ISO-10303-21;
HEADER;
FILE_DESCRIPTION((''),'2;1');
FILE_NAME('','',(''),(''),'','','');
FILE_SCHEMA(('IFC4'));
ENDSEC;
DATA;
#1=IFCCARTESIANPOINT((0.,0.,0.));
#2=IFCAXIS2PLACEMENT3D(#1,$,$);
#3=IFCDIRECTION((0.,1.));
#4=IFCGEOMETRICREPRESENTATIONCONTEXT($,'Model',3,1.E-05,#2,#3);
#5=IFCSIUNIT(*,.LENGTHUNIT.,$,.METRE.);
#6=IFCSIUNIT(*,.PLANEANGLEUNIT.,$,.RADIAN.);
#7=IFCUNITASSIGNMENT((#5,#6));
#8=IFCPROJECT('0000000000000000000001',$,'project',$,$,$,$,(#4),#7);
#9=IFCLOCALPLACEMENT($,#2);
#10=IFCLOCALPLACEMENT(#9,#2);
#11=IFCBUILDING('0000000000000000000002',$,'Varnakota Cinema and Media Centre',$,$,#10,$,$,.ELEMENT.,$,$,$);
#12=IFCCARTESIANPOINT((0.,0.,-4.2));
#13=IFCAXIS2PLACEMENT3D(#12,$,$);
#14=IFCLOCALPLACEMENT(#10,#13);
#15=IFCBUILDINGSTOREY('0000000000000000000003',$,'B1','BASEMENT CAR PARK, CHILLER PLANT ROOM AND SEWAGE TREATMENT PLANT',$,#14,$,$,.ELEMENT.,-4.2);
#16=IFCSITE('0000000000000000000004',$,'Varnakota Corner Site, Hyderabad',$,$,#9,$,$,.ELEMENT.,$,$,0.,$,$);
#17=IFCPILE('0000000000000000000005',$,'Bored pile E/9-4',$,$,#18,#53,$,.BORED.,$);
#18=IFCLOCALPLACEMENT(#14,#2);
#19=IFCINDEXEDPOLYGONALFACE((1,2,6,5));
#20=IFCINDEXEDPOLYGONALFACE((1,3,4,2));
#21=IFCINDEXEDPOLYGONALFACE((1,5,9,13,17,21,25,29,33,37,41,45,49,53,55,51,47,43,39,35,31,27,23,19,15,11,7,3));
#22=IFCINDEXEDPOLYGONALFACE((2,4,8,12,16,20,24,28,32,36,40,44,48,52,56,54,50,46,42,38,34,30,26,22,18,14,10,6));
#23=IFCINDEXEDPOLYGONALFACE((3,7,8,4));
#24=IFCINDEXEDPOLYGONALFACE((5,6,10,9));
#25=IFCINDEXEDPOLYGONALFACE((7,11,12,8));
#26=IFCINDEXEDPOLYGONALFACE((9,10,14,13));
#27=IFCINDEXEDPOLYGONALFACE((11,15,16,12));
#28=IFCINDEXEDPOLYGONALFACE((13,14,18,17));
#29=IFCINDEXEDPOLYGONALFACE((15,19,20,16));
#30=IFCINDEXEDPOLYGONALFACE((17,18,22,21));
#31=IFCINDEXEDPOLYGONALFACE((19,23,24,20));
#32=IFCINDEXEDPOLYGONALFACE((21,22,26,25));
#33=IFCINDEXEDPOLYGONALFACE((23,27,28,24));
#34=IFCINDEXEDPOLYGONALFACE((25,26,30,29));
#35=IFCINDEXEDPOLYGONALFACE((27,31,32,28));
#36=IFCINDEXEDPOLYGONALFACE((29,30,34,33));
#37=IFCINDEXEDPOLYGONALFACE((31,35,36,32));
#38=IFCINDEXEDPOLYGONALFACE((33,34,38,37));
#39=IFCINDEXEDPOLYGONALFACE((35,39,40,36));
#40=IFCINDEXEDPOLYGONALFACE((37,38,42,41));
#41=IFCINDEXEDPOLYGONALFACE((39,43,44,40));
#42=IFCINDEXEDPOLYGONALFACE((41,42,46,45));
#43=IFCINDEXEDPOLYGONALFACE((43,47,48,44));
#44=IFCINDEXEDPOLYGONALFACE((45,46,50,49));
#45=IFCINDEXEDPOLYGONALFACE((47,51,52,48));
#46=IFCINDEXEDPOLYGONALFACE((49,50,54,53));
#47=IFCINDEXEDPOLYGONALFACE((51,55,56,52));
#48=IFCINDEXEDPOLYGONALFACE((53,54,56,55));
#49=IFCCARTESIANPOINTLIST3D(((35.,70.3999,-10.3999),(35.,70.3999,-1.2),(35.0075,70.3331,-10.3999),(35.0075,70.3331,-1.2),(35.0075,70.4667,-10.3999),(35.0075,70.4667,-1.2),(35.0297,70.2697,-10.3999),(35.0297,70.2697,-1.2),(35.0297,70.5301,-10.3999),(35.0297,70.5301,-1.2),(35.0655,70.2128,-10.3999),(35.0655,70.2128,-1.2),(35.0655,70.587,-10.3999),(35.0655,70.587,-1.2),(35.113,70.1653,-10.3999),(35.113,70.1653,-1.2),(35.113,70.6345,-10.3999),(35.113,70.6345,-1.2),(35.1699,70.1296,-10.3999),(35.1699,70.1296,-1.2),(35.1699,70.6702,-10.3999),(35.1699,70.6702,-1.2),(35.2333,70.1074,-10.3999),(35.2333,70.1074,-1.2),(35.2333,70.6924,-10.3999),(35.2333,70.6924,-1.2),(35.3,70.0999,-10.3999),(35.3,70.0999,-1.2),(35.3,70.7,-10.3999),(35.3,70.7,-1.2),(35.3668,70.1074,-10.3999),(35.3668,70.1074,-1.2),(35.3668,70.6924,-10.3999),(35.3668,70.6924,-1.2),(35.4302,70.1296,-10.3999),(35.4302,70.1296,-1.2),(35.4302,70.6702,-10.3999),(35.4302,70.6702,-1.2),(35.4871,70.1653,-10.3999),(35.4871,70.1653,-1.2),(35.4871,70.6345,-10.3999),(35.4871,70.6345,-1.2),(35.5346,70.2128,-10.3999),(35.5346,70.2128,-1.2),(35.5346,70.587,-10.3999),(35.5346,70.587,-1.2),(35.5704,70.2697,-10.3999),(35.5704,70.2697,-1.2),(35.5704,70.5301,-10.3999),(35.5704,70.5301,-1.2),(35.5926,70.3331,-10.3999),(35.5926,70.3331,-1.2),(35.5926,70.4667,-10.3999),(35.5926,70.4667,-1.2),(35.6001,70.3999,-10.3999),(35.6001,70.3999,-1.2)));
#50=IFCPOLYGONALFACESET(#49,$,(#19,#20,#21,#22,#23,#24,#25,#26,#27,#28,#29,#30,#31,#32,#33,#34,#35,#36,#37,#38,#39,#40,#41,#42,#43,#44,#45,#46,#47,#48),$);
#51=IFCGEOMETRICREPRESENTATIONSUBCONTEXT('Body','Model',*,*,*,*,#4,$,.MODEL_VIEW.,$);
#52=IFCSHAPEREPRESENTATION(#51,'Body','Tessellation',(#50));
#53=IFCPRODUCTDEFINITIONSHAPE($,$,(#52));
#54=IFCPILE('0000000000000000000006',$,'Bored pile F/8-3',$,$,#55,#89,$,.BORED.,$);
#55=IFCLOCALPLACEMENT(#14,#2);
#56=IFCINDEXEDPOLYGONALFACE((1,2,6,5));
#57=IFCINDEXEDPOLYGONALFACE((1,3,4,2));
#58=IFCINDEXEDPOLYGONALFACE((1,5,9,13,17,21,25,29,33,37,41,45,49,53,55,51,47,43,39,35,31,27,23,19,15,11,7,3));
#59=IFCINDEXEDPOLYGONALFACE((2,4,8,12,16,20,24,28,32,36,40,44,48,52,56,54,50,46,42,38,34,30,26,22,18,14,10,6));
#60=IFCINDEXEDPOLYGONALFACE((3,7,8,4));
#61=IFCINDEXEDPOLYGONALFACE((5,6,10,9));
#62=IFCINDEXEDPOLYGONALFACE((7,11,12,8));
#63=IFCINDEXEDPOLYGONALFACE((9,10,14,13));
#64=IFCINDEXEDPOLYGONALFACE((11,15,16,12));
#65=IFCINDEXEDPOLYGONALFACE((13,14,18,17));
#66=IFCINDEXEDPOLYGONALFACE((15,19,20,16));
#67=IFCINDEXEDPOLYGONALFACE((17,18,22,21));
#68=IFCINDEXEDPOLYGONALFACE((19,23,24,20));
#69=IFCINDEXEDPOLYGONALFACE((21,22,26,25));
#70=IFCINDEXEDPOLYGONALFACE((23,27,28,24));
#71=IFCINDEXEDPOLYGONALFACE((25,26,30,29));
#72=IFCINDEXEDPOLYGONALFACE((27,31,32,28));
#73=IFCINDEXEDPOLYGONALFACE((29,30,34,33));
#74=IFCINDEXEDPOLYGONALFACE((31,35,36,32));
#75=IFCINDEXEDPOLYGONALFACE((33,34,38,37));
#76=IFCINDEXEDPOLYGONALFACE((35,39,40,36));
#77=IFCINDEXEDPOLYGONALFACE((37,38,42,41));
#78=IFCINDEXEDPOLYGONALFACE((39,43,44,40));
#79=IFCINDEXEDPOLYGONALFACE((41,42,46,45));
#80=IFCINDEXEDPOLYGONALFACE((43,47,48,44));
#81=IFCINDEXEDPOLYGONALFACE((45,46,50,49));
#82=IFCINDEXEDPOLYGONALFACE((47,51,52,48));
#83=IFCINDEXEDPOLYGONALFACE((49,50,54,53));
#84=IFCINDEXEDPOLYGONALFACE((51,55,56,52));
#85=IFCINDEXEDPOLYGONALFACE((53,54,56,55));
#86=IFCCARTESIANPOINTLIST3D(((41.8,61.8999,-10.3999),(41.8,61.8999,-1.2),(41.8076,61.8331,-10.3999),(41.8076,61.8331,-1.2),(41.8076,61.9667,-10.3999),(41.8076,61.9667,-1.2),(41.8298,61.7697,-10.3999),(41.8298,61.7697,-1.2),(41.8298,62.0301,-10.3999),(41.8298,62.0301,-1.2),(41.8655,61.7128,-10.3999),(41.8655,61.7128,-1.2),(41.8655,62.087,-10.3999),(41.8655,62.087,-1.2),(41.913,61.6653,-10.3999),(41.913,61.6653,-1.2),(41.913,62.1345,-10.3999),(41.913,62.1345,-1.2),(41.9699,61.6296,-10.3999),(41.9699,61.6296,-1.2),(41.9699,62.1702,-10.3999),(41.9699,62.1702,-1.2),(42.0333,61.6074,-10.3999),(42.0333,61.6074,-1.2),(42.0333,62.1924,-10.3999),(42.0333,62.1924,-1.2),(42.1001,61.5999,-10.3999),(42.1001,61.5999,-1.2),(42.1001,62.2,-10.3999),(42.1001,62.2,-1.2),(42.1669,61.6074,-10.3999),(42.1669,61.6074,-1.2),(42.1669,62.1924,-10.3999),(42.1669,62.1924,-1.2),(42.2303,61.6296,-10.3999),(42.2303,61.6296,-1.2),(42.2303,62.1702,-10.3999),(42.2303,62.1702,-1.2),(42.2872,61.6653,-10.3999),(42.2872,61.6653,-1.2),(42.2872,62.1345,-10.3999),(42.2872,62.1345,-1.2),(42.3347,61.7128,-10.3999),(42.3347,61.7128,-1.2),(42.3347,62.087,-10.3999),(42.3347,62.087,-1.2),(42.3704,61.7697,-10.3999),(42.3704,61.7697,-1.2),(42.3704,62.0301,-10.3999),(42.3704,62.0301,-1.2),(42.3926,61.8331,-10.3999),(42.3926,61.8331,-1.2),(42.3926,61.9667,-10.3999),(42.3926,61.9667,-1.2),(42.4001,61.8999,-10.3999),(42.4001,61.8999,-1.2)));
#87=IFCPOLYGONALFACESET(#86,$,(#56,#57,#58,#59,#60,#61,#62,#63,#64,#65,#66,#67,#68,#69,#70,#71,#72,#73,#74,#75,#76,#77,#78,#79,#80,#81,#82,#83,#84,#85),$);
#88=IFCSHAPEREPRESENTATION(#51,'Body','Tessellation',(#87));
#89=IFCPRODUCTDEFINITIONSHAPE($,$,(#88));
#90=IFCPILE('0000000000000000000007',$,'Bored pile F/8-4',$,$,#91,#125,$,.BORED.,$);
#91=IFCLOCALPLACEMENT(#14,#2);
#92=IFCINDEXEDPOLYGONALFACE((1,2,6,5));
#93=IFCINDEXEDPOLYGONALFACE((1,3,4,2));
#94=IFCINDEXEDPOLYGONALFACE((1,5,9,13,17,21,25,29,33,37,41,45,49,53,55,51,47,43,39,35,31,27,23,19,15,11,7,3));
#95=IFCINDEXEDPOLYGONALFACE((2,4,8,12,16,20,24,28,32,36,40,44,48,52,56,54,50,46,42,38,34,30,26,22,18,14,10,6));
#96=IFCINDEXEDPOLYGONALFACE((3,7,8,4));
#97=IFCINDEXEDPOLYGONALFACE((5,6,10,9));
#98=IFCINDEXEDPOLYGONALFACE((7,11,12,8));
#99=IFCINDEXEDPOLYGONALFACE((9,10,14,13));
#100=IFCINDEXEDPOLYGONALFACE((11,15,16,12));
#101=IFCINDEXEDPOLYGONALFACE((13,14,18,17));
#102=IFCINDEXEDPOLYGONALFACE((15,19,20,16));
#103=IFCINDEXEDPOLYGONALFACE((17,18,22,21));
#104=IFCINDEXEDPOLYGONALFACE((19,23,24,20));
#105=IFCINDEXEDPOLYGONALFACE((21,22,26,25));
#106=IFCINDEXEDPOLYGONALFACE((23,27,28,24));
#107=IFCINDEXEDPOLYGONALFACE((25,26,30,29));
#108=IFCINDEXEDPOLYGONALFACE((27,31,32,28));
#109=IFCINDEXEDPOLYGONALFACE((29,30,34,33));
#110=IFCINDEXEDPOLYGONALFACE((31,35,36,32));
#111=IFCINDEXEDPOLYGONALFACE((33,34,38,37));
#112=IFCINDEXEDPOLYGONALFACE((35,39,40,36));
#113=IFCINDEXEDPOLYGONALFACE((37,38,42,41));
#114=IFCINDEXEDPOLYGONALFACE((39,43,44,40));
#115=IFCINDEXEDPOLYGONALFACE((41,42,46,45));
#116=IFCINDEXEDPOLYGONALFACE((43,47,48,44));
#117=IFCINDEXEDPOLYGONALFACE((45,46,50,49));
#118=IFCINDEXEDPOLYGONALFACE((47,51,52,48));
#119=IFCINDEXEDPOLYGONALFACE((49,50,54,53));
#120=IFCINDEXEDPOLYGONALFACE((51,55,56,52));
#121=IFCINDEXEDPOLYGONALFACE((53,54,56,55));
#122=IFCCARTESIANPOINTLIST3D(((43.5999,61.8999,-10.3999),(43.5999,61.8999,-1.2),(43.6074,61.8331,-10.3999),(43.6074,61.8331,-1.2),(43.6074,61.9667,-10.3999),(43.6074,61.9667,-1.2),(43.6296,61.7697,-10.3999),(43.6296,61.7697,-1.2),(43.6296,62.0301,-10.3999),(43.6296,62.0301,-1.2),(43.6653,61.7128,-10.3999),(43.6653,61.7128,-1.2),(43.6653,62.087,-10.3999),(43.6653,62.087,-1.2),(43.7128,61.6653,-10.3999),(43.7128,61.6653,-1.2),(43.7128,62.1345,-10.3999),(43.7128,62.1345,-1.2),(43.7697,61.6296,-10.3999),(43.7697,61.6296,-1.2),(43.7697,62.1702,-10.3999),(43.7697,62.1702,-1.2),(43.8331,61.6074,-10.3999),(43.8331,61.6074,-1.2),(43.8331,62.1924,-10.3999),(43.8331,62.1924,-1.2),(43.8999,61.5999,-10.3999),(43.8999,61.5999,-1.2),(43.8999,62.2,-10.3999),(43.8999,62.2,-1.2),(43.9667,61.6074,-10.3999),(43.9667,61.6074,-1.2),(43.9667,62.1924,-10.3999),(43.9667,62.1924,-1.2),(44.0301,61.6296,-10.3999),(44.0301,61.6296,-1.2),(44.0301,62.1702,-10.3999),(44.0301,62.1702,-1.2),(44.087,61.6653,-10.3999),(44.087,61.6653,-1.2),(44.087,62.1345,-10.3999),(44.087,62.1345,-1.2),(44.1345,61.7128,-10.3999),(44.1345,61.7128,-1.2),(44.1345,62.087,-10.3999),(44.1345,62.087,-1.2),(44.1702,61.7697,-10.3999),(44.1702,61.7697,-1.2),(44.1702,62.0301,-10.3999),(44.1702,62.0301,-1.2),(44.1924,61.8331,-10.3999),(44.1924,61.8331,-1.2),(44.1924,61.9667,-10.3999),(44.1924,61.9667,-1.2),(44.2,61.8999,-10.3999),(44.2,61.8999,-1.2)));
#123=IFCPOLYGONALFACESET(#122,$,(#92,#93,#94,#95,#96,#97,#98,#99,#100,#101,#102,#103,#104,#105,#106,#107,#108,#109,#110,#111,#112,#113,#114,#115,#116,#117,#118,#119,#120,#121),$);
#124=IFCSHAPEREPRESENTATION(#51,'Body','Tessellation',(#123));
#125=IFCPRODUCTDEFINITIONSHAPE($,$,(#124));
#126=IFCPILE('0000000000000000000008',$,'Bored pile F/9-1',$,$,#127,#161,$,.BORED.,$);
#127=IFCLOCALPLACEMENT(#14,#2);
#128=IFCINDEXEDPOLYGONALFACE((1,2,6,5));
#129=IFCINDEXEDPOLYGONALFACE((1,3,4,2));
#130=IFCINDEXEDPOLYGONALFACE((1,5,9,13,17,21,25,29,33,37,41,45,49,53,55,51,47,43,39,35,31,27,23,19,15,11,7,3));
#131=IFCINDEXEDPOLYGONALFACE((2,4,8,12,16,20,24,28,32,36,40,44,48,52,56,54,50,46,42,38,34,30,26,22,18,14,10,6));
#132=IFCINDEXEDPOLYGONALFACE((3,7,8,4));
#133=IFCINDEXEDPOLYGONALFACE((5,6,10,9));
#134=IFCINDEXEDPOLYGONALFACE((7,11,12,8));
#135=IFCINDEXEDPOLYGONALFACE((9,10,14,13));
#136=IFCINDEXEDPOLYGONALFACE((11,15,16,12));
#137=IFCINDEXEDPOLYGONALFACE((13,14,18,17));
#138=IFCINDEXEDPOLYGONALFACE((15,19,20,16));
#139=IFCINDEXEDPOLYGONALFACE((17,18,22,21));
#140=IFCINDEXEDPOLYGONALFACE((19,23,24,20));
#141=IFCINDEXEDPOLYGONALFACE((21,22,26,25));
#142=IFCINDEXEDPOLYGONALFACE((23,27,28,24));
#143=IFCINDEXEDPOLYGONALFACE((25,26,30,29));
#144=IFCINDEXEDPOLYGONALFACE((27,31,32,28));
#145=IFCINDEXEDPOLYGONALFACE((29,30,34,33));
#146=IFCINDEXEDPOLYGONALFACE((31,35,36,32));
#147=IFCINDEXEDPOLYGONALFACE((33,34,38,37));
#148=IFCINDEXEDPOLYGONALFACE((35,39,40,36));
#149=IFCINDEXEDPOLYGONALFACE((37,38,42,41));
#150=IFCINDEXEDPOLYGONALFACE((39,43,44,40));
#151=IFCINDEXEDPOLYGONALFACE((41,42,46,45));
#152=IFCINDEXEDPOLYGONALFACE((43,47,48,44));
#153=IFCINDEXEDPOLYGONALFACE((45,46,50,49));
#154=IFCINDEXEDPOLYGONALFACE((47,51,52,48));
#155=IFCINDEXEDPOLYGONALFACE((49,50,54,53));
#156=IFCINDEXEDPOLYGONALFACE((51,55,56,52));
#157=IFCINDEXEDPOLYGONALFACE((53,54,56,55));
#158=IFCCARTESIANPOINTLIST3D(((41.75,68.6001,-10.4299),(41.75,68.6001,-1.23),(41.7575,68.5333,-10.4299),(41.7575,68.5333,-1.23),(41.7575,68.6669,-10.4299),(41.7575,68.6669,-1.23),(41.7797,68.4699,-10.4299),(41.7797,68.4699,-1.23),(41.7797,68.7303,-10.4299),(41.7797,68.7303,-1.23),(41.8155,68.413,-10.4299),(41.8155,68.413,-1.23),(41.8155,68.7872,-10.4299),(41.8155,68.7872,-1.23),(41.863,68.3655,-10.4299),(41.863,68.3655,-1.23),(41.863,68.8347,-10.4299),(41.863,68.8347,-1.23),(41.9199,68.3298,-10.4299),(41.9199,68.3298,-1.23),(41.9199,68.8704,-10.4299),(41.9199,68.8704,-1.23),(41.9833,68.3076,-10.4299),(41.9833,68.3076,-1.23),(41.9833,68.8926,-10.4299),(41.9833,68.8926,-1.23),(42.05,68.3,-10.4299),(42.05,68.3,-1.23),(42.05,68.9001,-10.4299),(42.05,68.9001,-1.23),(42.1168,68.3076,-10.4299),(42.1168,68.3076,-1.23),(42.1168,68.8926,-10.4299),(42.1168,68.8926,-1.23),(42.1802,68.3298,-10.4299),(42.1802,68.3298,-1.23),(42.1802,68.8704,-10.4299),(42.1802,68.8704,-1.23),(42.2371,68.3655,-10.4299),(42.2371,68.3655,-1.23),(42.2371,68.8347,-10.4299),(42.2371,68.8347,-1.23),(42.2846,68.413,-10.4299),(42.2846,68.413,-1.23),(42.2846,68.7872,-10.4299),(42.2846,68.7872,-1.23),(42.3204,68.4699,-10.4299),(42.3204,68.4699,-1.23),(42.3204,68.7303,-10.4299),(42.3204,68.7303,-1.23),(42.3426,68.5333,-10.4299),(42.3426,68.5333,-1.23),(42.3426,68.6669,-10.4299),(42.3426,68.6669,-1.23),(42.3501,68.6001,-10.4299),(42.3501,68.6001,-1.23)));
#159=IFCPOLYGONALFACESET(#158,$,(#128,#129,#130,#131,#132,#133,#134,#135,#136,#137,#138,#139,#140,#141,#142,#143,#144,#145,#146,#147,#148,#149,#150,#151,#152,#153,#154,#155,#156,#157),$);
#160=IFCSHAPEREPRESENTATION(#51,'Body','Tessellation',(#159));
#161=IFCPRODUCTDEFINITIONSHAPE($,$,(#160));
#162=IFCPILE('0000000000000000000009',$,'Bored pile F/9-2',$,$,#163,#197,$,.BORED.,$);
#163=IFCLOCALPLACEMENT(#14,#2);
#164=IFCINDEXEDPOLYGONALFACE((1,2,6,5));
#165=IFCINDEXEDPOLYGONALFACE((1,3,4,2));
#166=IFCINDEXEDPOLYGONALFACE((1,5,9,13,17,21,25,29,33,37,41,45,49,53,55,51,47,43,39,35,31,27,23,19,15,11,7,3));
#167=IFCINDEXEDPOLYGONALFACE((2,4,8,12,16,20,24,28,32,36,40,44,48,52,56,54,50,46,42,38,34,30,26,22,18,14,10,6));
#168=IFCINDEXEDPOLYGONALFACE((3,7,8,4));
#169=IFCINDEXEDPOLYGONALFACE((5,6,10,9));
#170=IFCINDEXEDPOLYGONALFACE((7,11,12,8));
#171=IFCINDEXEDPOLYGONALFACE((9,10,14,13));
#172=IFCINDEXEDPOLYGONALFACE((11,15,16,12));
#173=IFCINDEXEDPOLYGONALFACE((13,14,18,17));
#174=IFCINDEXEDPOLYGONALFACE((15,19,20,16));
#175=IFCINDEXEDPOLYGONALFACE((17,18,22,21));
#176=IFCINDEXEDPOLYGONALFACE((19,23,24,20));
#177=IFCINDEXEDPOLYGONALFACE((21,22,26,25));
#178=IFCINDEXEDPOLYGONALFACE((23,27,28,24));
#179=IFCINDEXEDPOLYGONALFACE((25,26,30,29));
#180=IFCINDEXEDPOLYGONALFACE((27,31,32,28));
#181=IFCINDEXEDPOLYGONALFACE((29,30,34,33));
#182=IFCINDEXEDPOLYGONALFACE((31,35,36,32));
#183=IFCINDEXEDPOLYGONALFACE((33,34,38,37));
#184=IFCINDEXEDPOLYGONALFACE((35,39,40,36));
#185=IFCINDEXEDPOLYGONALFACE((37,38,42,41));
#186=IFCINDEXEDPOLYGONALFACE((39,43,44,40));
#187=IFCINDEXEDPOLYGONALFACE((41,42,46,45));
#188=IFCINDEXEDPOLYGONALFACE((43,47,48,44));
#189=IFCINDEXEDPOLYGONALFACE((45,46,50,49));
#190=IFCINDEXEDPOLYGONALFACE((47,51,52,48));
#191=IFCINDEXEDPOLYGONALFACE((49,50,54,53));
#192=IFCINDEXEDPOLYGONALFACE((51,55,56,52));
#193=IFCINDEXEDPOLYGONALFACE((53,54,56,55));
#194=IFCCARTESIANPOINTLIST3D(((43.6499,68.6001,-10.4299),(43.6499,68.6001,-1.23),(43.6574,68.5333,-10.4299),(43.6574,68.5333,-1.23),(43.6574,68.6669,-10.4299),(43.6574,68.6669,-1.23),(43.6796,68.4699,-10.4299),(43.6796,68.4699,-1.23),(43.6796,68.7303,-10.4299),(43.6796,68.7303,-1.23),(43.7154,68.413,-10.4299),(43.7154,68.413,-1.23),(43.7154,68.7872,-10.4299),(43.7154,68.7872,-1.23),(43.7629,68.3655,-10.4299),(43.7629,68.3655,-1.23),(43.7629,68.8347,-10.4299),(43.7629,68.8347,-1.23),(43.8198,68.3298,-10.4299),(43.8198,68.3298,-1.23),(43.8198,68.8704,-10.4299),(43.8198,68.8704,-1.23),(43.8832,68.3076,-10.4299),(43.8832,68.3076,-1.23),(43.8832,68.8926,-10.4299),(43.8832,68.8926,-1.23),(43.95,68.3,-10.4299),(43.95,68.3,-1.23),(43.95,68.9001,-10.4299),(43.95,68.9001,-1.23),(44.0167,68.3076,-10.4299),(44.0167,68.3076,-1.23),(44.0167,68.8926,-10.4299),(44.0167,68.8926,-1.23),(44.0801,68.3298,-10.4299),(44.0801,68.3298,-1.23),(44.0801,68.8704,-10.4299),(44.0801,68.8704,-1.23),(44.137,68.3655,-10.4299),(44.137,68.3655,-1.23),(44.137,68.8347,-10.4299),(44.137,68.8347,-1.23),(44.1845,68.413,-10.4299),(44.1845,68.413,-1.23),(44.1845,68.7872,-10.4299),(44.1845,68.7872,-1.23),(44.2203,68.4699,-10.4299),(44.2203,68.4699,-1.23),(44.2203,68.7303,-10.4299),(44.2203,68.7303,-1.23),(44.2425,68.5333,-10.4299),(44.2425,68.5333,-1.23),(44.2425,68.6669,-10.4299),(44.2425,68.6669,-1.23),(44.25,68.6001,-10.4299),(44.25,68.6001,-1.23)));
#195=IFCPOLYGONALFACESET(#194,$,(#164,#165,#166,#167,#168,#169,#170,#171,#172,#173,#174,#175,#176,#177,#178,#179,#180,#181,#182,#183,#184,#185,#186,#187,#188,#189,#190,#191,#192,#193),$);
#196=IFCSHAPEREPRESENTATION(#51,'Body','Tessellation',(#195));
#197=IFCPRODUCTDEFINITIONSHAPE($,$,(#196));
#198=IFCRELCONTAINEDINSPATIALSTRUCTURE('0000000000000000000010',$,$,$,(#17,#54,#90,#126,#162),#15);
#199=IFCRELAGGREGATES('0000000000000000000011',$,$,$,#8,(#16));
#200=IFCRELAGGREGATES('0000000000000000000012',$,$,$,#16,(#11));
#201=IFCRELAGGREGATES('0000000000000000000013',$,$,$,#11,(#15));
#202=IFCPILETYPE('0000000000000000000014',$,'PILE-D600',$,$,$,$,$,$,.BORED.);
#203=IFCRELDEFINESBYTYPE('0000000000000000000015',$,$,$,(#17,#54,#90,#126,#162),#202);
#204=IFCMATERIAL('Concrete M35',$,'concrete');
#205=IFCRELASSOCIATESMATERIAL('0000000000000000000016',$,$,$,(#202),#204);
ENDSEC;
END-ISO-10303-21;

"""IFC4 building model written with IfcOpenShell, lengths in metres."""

from ifc_helpers import new_model, si_unit, direction, frame, origin, origin_2d, place, context, subcontext, project, spatial, circle, extrude, material, material_profile, profile_set, type_object, element, save


model = new_model("IFC4")

# Units and contexts
model_context = context("Model", 3, precision=1e-05, world=origin(), true_north=direction((0.0, 1.0)))
body_context = subcontext(model_context, "Body", "Model", "MODEL_VIEW")
ifc_project = project(units=[si_unit("LENGTHUNIT", "METRE"), si_unit("PLANEANGLEUNIT", "RADIAN")], contexts=[model_context])

# Site, building, storey
site_placement = place(None, origin())
site = spatial("IfcSite", under=ifc_project, at=site_placement, Name="Varnakota Corner Site, Hyderabad", CompositionType="ELEMENT", RefElevation=0.0)
building_placement = place(site_placement, origin())
building = spatial("IfcBuilding", under=site, at=building_placement, Name="Varnakota Cinema and Media Centre", CompositionType="ELEMENT")
storey_placement = place(building_placement, frame((0.0, 0.0, -4.2)))
storey = spatial("IfcBuildingStorey", under=building, at=storey_placement, Name="B1", Description="BASEMENT CAR PARK, CHILLER PLANT ROOM AND SEWAGE TREATMENT PLANT", CompositionType="ELEMENT", Elevation=-4.2)

# Piles
ifc_material_1 = material(Name="Concrete M35", Category="concrete")
ifc_material_profile_1 = material_profile(ifc_material_1, circle(Radius=0.3, at=origin_2d()), Name="PILE D600")
ifc_profile_set_1 = profile_set([ifc_material_profile_1], Name="Concrete M35")
pile_type_1 = type_object("IfcPileType", Name="PILE-D600", PredefinedType="BORED", material=ifc_profile_set_1)
for number, where, z_axis, x_axis, name in (
    (1, (35.3, 70.3999, -1.2), (0.0, 0.0, -1.0), (1.0, 0.0, 0.0), "Bored pile E/9-4"),
    (2, (42.1001, 61.8999, -1.2), (0.0, 0.0, -1.0), (1.0, 0.0, 0.0), "Bored pile F/8-3"),
    (3, (43.8999, 61.8999, -1.2), (0.0, 0.0, -1.0), (1.0, 0.0, 0.0), "Bored pile F/8-4"),
    (4, (42.05, 68.6001, -1.23), (0.0, 0.0, -1.0), (1.0, 0.0, 0.0), "Bored pile F/9-1"),
    (5, (43.95, 68.6001, -1.23), (0.0, 0.0, -1.0), (1.0, 0.0, 0.0), "Bored pile F/9-2"),
):
    element("IfcPile", number, at=place(storey_placement, frame(where, z_axis=z_axis, x_axis=x_axis)), inside=storey, type_object=pile_type_1, Name=name, PredefinedType="BORED", context=body_context, shape_type="SweptSolid", body=[
        extrude(circle(Radius=0.3, at=origin_2d()), origin(), (0.0, 0.0, 1.0), 9.2),
    ])

save(model, "model.ifc")
